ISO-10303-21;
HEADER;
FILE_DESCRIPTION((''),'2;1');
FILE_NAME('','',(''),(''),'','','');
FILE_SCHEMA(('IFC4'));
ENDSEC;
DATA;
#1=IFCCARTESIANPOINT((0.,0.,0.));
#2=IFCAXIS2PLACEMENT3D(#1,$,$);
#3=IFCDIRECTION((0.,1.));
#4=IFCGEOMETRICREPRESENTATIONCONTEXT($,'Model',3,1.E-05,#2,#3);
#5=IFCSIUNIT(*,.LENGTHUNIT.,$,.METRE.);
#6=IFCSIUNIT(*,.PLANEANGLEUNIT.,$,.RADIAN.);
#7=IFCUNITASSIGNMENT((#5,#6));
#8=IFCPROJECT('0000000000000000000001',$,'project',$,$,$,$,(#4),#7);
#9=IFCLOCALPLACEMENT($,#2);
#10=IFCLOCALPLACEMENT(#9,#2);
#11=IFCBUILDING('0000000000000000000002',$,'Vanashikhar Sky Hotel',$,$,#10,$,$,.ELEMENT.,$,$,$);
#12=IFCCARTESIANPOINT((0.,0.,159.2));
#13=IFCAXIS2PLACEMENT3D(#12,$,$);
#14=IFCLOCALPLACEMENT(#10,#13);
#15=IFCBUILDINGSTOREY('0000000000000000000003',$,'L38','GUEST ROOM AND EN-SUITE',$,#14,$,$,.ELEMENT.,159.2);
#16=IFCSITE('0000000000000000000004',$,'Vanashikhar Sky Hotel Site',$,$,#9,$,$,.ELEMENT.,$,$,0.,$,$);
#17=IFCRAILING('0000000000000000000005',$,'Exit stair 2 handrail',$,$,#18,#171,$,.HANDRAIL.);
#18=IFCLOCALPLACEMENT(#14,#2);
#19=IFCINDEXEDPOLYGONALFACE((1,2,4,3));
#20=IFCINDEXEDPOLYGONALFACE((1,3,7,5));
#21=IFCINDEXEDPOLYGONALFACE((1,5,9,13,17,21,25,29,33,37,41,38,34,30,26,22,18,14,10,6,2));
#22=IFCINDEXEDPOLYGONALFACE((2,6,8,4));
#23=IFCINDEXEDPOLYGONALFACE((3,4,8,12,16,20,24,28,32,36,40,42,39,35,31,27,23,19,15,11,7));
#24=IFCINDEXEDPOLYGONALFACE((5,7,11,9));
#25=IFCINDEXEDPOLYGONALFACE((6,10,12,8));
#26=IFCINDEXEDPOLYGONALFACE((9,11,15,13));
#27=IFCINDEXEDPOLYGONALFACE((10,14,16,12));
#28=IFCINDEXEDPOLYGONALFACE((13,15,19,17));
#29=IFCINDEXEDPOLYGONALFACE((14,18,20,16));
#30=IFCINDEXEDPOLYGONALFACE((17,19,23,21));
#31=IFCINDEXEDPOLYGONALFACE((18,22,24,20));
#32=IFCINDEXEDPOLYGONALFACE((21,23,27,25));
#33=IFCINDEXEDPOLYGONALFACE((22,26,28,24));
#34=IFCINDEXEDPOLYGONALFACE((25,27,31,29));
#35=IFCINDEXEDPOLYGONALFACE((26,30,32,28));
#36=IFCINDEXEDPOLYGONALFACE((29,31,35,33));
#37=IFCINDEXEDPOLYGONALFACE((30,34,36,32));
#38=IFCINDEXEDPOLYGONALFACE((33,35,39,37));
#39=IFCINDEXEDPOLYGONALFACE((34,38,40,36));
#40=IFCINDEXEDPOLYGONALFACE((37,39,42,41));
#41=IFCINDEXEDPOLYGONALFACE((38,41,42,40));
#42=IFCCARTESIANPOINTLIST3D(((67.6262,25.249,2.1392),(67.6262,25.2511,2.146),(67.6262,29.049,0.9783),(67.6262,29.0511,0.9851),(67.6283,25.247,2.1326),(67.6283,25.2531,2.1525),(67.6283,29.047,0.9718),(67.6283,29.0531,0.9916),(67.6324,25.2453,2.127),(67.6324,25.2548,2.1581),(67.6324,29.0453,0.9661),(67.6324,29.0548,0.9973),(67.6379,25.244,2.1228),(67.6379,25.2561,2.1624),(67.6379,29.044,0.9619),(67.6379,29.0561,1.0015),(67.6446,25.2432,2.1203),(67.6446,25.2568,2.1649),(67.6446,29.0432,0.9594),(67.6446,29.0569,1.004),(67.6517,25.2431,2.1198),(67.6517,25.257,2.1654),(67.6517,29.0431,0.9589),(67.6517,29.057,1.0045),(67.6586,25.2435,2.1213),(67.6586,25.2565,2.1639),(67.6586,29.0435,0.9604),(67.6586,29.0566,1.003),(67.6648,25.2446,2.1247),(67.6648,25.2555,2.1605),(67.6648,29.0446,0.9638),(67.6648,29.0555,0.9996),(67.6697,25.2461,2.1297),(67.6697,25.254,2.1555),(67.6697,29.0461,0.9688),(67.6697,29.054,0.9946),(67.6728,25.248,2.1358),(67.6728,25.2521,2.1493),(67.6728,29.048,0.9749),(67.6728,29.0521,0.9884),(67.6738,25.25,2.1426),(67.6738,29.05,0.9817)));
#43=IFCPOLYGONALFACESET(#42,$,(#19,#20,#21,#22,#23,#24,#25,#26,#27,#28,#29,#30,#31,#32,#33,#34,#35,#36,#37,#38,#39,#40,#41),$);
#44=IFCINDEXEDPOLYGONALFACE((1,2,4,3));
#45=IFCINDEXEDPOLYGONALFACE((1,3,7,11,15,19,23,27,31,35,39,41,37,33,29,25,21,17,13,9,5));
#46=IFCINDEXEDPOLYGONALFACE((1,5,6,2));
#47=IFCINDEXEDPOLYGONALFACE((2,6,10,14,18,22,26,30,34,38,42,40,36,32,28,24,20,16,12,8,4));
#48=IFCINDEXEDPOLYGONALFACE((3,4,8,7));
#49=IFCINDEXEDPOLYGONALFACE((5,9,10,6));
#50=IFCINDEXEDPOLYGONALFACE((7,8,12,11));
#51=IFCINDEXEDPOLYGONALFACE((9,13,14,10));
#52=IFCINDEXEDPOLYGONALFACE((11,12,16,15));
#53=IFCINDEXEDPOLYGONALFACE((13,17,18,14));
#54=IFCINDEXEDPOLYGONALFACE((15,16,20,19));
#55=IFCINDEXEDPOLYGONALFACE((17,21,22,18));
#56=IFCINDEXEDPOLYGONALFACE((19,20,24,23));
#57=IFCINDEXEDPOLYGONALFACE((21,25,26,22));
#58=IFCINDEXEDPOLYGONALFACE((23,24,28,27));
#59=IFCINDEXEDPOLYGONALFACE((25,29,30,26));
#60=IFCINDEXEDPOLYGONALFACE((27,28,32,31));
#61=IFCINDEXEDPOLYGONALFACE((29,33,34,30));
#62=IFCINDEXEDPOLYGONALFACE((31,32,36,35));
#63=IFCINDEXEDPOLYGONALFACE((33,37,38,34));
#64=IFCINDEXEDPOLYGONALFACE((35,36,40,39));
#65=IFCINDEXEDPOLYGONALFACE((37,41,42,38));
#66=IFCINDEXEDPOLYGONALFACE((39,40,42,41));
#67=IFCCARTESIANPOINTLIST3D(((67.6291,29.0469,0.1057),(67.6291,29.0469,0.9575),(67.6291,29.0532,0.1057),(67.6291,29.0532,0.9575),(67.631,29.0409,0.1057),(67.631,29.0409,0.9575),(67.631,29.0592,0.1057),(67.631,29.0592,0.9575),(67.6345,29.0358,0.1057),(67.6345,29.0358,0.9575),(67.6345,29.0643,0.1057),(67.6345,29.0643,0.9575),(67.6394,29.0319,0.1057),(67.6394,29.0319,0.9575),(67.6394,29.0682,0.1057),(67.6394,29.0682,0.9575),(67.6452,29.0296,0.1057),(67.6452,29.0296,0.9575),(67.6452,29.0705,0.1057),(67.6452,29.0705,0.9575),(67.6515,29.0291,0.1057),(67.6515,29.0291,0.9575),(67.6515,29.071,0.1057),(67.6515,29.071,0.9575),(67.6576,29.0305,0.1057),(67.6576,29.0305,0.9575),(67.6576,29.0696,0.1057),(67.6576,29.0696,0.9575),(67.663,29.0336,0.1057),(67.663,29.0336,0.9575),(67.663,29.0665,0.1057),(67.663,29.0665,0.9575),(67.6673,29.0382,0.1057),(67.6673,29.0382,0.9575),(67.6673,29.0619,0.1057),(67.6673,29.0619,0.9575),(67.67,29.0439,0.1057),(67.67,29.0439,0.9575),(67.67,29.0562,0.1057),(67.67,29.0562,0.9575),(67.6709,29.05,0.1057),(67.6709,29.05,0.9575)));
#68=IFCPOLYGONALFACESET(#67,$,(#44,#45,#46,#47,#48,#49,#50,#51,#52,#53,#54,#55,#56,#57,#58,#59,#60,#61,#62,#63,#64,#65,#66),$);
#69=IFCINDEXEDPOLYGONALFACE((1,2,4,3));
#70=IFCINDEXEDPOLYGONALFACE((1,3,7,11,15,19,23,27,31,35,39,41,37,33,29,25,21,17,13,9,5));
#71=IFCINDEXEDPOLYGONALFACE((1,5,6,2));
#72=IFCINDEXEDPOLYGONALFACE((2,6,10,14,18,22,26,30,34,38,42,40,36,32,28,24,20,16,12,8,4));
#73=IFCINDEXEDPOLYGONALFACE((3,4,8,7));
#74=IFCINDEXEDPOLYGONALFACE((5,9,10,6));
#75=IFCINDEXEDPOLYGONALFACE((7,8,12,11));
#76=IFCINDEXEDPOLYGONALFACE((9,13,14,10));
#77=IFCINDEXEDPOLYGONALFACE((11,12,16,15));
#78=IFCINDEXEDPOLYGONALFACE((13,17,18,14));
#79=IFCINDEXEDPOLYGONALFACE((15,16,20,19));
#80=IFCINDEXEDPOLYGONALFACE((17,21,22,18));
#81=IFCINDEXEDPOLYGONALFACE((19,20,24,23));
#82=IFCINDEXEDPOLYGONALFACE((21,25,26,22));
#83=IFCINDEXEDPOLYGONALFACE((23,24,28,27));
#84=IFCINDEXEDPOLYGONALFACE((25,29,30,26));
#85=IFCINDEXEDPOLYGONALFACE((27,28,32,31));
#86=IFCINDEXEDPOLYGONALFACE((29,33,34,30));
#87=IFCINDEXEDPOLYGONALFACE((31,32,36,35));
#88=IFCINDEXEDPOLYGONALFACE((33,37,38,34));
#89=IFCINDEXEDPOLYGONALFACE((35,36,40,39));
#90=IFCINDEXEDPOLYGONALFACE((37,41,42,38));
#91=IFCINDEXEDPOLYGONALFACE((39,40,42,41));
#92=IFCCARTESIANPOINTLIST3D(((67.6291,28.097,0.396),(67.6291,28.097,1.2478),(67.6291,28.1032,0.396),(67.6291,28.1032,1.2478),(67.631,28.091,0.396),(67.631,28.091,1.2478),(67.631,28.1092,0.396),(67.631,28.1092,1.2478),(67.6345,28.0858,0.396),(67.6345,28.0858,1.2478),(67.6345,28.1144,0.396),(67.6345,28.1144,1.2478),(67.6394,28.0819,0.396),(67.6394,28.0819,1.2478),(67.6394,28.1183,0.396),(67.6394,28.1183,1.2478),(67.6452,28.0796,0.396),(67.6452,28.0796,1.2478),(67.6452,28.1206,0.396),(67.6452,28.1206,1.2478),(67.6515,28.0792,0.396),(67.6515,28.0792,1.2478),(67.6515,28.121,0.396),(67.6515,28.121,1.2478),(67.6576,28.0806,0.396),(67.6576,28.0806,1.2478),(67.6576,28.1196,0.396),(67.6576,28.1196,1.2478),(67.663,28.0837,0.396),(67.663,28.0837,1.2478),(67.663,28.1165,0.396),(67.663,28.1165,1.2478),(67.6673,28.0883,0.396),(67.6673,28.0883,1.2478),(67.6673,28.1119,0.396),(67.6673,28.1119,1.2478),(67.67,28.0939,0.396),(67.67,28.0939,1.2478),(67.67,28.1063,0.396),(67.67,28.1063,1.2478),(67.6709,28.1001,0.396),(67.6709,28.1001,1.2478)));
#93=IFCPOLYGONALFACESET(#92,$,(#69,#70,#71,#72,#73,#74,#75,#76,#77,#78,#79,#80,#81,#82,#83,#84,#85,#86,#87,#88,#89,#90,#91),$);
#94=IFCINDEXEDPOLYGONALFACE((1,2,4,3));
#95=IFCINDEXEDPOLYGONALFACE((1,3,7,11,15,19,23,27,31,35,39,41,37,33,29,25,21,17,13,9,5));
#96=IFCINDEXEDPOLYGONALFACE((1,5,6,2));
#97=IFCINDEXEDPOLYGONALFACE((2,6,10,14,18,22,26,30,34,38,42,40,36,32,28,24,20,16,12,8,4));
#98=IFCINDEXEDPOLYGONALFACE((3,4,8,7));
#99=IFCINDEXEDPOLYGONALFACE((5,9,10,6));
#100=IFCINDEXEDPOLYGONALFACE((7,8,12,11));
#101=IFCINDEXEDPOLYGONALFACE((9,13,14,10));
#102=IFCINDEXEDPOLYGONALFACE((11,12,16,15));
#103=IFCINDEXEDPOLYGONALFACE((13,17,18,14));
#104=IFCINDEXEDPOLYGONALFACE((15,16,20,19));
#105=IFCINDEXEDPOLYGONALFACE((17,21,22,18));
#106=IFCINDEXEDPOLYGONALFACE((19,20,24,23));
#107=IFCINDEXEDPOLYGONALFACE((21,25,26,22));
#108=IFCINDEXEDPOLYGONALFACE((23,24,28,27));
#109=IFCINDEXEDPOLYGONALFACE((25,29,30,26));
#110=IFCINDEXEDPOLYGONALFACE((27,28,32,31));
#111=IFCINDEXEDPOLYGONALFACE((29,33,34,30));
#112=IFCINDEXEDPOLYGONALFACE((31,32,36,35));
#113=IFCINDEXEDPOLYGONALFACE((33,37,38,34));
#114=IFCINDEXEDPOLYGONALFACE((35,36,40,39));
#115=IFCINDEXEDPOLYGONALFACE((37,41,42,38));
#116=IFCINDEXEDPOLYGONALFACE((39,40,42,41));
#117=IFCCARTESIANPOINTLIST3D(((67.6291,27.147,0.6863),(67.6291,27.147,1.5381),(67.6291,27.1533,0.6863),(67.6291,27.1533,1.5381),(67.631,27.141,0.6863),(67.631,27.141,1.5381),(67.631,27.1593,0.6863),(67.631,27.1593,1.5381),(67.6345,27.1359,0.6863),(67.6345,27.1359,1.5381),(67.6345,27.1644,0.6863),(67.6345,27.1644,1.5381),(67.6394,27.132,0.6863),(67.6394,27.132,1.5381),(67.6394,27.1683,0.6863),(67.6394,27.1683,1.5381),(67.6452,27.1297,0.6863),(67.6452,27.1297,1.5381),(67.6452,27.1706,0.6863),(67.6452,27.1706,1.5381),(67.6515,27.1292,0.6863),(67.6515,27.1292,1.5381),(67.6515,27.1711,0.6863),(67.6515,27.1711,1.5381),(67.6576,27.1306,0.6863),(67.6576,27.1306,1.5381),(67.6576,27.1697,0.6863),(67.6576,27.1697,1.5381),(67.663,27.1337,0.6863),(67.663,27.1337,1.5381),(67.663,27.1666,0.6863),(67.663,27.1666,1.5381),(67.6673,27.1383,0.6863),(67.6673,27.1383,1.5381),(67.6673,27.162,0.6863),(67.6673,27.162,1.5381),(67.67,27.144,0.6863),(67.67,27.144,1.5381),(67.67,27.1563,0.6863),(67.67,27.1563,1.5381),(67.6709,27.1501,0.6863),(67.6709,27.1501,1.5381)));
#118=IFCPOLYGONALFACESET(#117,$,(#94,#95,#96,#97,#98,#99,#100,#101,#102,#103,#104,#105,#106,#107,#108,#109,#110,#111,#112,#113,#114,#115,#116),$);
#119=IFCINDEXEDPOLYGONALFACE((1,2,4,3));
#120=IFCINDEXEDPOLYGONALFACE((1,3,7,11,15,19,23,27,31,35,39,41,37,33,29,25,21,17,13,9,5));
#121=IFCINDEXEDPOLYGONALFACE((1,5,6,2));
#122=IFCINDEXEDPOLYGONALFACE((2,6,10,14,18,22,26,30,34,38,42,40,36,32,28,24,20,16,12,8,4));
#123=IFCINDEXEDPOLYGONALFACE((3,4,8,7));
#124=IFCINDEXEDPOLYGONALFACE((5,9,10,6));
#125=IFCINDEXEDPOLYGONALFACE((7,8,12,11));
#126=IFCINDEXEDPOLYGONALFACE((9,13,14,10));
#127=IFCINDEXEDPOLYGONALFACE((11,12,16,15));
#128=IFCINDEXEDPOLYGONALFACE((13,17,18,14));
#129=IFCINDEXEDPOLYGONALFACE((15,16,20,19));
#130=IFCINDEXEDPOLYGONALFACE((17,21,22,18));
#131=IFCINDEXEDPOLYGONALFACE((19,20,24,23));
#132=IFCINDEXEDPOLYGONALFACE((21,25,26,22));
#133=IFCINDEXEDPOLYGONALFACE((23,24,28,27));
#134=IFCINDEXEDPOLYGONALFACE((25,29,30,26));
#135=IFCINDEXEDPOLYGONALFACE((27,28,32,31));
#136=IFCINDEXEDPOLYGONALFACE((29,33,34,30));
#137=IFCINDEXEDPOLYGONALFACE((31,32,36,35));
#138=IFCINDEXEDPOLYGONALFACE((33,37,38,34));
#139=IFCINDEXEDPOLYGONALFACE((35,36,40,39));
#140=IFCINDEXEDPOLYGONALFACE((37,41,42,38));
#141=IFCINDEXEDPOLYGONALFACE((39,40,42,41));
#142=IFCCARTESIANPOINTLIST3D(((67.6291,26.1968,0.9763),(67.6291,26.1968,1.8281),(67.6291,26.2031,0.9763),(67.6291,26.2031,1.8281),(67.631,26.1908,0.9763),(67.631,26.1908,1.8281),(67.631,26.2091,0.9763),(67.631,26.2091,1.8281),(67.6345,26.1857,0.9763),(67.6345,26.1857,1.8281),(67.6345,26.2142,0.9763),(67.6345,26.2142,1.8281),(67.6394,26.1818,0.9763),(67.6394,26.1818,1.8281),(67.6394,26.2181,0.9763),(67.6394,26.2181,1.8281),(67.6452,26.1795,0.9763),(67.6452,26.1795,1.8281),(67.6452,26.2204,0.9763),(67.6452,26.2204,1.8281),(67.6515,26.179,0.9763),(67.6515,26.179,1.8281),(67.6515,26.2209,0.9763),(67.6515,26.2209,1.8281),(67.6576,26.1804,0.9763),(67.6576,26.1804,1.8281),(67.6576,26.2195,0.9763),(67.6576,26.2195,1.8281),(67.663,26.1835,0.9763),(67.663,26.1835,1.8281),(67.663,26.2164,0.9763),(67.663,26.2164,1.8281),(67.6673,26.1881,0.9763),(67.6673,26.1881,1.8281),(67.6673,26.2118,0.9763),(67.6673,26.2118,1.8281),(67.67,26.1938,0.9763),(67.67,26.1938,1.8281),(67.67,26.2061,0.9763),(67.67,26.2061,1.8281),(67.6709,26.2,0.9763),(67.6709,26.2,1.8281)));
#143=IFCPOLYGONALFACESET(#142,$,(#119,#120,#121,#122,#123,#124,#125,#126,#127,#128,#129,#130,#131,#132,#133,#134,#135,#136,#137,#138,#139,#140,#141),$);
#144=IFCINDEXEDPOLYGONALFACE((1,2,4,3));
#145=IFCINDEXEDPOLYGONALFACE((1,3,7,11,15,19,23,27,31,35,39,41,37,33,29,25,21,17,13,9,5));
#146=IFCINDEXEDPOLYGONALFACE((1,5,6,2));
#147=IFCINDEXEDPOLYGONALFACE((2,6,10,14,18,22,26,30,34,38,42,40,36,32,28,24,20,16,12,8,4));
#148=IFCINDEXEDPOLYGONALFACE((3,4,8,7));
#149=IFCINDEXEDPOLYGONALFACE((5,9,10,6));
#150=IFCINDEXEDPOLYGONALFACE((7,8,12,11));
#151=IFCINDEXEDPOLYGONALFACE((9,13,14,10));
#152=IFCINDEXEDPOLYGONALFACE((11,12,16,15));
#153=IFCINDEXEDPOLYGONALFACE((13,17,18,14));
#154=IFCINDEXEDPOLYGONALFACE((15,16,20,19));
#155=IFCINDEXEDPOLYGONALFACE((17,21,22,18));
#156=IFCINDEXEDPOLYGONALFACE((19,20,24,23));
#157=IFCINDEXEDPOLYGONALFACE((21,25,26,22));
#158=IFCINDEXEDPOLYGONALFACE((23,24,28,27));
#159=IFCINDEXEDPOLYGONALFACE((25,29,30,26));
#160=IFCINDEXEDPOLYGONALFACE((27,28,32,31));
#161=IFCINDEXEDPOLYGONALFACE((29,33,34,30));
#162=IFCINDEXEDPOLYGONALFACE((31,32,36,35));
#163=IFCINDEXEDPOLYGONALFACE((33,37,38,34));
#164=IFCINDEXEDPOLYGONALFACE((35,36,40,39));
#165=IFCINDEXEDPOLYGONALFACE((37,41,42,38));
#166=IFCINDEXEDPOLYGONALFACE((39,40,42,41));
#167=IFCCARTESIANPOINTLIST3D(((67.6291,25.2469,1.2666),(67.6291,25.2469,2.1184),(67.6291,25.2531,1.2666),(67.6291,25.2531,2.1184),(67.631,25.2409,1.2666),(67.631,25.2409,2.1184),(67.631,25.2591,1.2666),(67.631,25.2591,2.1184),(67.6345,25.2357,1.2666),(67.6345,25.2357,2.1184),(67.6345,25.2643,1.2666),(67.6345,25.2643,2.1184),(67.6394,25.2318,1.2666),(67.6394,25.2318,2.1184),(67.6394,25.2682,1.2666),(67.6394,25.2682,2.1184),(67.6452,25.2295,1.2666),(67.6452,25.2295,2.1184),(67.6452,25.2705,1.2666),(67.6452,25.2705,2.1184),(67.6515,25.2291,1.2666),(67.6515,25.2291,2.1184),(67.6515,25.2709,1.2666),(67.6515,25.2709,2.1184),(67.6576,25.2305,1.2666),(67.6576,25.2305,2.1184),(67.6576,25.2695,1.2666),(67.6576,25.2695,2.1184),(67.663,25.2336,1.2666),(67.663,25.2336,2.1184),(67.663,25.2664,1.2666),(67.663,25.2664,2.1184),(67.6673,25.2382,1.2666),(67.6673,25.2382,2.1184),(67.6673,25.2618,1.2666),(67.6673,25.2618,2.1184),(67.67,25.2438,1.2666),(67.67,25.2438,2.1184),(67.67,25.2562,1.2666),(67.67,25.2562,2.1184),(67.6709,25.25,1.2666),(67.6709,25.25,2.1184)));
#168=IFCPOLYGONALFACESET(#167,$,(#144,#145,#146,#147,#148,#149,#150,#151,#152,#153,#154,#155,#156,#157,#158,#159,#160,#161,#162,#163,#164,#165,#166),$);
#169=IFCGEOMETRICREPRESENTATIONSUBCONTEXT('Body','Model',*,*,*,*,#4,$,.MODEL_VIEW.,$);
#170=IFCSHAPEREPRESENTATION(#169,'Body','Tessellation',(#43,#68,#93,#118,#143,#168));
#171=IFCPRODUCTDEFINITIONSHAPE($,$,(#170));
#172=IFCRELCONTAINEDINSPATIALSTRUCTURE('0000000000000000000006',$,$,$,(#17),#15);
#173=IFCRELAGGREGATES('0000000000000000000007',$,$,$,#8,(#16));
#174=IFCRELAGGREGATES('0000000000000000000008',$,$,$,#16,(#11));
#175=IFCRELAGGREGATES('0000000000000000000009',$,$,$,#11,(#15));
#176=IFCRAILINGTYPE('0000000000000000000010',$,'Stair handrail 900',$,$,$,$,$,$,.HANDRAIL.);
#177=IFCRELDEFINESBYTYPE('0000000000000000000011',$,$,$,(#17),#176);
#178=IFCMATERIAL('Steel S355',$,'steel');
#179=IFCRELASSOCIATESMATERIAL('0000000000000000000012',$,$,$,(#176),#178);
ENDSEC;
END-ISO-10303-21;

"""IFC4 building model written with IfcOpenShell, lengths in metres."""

from ifc_helpers import new_model, si_unit, direction, frame, origin, origin_2d, place, context, subcontext, project, spatial, circle, extrude, source, transform, mapped, material, type_object, element, save


model = new_model("IFC4")

# Units and contexts
model_context = context("Model", 3, precision=1e-05, world=origin(), true_north=direction((0.0, 1.0)))
body_context = subcontext(model_context, "Body", "Model", "MODEL_VIEW")
ifc_project = project(units=[si_unit("LENGTHUNIT", "METRE"), si_unit("PLANEANGLEUNIT", "RADIAN")], contexts=[model_context])

# Site, building, storey
site_placement = place(None, origin())
site = spatial("IfcSite", under=ifc_project, at=site_placement, Name="Vanashikhar Sky Hotel Site", CompositionType="ELEMENT", RefElevation=0.0)
building_placement = place(site_placement, origin())
building = spatial("IfcBuilding", under=site, at=building_placement, Name="Vanashikhar Sky Hotel", CompositionType="ELEMENT")
storey_placement = place(building_placement, frame((0.0, 0.0, 159.2)))
storey = spatial("IfcBuildingStorey", under=building, at=storey_placement, Name="L38", Description="GUEST ROOM AND EN-SUITE", CompositionType="ELEMENT", Elevation=159.2)

# Railing
ifc_material_1 = material(Name="Steel S355", Category="steel")
railing_type = type_object("IfcRailingType", Name="Stair handrail 900", PredefinedType="HANDRAIL", material=ifc_material_1)
shared_shape_1 = source(origin(), body_context, "Body", "SweptSolid", [
    extrude(circle(Radius=0.0239, at=origin_2d()), frame((0.0, 0.0, 0.876), z_axis=(0.0, -0.956368, 0.292164), x_axis=(1.0, 0.0, 0.0)), (0.0, 0.0, 1.0), 3.9734),
    extrude(circle(Radius=0.021, at=origin_2d()), origin(), (0.0, 0.0, 1.0), 0.8518),
    extrude(circle(Radius=0.021, at=origin_2d()), frame((0.0, -0.95, 0.2903)), (0.0, 0.0, 1.0), 0.8518),
    extrude(circle(Radius=0.021, at=origin_2d()), frame((0.0, -1.8999, 0.5806)), (0.0, 0.0, 1.0), 0.8518),
    extrude(circle(Radius=0.021, at=origin_2d()), frame((0.0, -2.8501, 0.8706)), (0.0, 0.0, 1.0), 0.8518),
    extrude(circle(Radius=0.021, at=origin_2d()), frame((0.0, -3.8, 1.1609)), (0.0, 0.0, 1.0), 0.8518),
])
railing_placement = place(storey_placement, frame((67.6499, 29.05, 0.1057)))
element("IfcRailing", 1, at=railing_placement, inside=storey, type_object=railing_type, Name="Exit stair 2 handrail", PredefinedType="HANDRAIL", context=body_context, shape_type="MappedRepresentation", body=[
    mapped(shared_shape_1, transform((0.0, 0.0, 0.0), scale=1.0)),
])

save(model, "model.ifc")
